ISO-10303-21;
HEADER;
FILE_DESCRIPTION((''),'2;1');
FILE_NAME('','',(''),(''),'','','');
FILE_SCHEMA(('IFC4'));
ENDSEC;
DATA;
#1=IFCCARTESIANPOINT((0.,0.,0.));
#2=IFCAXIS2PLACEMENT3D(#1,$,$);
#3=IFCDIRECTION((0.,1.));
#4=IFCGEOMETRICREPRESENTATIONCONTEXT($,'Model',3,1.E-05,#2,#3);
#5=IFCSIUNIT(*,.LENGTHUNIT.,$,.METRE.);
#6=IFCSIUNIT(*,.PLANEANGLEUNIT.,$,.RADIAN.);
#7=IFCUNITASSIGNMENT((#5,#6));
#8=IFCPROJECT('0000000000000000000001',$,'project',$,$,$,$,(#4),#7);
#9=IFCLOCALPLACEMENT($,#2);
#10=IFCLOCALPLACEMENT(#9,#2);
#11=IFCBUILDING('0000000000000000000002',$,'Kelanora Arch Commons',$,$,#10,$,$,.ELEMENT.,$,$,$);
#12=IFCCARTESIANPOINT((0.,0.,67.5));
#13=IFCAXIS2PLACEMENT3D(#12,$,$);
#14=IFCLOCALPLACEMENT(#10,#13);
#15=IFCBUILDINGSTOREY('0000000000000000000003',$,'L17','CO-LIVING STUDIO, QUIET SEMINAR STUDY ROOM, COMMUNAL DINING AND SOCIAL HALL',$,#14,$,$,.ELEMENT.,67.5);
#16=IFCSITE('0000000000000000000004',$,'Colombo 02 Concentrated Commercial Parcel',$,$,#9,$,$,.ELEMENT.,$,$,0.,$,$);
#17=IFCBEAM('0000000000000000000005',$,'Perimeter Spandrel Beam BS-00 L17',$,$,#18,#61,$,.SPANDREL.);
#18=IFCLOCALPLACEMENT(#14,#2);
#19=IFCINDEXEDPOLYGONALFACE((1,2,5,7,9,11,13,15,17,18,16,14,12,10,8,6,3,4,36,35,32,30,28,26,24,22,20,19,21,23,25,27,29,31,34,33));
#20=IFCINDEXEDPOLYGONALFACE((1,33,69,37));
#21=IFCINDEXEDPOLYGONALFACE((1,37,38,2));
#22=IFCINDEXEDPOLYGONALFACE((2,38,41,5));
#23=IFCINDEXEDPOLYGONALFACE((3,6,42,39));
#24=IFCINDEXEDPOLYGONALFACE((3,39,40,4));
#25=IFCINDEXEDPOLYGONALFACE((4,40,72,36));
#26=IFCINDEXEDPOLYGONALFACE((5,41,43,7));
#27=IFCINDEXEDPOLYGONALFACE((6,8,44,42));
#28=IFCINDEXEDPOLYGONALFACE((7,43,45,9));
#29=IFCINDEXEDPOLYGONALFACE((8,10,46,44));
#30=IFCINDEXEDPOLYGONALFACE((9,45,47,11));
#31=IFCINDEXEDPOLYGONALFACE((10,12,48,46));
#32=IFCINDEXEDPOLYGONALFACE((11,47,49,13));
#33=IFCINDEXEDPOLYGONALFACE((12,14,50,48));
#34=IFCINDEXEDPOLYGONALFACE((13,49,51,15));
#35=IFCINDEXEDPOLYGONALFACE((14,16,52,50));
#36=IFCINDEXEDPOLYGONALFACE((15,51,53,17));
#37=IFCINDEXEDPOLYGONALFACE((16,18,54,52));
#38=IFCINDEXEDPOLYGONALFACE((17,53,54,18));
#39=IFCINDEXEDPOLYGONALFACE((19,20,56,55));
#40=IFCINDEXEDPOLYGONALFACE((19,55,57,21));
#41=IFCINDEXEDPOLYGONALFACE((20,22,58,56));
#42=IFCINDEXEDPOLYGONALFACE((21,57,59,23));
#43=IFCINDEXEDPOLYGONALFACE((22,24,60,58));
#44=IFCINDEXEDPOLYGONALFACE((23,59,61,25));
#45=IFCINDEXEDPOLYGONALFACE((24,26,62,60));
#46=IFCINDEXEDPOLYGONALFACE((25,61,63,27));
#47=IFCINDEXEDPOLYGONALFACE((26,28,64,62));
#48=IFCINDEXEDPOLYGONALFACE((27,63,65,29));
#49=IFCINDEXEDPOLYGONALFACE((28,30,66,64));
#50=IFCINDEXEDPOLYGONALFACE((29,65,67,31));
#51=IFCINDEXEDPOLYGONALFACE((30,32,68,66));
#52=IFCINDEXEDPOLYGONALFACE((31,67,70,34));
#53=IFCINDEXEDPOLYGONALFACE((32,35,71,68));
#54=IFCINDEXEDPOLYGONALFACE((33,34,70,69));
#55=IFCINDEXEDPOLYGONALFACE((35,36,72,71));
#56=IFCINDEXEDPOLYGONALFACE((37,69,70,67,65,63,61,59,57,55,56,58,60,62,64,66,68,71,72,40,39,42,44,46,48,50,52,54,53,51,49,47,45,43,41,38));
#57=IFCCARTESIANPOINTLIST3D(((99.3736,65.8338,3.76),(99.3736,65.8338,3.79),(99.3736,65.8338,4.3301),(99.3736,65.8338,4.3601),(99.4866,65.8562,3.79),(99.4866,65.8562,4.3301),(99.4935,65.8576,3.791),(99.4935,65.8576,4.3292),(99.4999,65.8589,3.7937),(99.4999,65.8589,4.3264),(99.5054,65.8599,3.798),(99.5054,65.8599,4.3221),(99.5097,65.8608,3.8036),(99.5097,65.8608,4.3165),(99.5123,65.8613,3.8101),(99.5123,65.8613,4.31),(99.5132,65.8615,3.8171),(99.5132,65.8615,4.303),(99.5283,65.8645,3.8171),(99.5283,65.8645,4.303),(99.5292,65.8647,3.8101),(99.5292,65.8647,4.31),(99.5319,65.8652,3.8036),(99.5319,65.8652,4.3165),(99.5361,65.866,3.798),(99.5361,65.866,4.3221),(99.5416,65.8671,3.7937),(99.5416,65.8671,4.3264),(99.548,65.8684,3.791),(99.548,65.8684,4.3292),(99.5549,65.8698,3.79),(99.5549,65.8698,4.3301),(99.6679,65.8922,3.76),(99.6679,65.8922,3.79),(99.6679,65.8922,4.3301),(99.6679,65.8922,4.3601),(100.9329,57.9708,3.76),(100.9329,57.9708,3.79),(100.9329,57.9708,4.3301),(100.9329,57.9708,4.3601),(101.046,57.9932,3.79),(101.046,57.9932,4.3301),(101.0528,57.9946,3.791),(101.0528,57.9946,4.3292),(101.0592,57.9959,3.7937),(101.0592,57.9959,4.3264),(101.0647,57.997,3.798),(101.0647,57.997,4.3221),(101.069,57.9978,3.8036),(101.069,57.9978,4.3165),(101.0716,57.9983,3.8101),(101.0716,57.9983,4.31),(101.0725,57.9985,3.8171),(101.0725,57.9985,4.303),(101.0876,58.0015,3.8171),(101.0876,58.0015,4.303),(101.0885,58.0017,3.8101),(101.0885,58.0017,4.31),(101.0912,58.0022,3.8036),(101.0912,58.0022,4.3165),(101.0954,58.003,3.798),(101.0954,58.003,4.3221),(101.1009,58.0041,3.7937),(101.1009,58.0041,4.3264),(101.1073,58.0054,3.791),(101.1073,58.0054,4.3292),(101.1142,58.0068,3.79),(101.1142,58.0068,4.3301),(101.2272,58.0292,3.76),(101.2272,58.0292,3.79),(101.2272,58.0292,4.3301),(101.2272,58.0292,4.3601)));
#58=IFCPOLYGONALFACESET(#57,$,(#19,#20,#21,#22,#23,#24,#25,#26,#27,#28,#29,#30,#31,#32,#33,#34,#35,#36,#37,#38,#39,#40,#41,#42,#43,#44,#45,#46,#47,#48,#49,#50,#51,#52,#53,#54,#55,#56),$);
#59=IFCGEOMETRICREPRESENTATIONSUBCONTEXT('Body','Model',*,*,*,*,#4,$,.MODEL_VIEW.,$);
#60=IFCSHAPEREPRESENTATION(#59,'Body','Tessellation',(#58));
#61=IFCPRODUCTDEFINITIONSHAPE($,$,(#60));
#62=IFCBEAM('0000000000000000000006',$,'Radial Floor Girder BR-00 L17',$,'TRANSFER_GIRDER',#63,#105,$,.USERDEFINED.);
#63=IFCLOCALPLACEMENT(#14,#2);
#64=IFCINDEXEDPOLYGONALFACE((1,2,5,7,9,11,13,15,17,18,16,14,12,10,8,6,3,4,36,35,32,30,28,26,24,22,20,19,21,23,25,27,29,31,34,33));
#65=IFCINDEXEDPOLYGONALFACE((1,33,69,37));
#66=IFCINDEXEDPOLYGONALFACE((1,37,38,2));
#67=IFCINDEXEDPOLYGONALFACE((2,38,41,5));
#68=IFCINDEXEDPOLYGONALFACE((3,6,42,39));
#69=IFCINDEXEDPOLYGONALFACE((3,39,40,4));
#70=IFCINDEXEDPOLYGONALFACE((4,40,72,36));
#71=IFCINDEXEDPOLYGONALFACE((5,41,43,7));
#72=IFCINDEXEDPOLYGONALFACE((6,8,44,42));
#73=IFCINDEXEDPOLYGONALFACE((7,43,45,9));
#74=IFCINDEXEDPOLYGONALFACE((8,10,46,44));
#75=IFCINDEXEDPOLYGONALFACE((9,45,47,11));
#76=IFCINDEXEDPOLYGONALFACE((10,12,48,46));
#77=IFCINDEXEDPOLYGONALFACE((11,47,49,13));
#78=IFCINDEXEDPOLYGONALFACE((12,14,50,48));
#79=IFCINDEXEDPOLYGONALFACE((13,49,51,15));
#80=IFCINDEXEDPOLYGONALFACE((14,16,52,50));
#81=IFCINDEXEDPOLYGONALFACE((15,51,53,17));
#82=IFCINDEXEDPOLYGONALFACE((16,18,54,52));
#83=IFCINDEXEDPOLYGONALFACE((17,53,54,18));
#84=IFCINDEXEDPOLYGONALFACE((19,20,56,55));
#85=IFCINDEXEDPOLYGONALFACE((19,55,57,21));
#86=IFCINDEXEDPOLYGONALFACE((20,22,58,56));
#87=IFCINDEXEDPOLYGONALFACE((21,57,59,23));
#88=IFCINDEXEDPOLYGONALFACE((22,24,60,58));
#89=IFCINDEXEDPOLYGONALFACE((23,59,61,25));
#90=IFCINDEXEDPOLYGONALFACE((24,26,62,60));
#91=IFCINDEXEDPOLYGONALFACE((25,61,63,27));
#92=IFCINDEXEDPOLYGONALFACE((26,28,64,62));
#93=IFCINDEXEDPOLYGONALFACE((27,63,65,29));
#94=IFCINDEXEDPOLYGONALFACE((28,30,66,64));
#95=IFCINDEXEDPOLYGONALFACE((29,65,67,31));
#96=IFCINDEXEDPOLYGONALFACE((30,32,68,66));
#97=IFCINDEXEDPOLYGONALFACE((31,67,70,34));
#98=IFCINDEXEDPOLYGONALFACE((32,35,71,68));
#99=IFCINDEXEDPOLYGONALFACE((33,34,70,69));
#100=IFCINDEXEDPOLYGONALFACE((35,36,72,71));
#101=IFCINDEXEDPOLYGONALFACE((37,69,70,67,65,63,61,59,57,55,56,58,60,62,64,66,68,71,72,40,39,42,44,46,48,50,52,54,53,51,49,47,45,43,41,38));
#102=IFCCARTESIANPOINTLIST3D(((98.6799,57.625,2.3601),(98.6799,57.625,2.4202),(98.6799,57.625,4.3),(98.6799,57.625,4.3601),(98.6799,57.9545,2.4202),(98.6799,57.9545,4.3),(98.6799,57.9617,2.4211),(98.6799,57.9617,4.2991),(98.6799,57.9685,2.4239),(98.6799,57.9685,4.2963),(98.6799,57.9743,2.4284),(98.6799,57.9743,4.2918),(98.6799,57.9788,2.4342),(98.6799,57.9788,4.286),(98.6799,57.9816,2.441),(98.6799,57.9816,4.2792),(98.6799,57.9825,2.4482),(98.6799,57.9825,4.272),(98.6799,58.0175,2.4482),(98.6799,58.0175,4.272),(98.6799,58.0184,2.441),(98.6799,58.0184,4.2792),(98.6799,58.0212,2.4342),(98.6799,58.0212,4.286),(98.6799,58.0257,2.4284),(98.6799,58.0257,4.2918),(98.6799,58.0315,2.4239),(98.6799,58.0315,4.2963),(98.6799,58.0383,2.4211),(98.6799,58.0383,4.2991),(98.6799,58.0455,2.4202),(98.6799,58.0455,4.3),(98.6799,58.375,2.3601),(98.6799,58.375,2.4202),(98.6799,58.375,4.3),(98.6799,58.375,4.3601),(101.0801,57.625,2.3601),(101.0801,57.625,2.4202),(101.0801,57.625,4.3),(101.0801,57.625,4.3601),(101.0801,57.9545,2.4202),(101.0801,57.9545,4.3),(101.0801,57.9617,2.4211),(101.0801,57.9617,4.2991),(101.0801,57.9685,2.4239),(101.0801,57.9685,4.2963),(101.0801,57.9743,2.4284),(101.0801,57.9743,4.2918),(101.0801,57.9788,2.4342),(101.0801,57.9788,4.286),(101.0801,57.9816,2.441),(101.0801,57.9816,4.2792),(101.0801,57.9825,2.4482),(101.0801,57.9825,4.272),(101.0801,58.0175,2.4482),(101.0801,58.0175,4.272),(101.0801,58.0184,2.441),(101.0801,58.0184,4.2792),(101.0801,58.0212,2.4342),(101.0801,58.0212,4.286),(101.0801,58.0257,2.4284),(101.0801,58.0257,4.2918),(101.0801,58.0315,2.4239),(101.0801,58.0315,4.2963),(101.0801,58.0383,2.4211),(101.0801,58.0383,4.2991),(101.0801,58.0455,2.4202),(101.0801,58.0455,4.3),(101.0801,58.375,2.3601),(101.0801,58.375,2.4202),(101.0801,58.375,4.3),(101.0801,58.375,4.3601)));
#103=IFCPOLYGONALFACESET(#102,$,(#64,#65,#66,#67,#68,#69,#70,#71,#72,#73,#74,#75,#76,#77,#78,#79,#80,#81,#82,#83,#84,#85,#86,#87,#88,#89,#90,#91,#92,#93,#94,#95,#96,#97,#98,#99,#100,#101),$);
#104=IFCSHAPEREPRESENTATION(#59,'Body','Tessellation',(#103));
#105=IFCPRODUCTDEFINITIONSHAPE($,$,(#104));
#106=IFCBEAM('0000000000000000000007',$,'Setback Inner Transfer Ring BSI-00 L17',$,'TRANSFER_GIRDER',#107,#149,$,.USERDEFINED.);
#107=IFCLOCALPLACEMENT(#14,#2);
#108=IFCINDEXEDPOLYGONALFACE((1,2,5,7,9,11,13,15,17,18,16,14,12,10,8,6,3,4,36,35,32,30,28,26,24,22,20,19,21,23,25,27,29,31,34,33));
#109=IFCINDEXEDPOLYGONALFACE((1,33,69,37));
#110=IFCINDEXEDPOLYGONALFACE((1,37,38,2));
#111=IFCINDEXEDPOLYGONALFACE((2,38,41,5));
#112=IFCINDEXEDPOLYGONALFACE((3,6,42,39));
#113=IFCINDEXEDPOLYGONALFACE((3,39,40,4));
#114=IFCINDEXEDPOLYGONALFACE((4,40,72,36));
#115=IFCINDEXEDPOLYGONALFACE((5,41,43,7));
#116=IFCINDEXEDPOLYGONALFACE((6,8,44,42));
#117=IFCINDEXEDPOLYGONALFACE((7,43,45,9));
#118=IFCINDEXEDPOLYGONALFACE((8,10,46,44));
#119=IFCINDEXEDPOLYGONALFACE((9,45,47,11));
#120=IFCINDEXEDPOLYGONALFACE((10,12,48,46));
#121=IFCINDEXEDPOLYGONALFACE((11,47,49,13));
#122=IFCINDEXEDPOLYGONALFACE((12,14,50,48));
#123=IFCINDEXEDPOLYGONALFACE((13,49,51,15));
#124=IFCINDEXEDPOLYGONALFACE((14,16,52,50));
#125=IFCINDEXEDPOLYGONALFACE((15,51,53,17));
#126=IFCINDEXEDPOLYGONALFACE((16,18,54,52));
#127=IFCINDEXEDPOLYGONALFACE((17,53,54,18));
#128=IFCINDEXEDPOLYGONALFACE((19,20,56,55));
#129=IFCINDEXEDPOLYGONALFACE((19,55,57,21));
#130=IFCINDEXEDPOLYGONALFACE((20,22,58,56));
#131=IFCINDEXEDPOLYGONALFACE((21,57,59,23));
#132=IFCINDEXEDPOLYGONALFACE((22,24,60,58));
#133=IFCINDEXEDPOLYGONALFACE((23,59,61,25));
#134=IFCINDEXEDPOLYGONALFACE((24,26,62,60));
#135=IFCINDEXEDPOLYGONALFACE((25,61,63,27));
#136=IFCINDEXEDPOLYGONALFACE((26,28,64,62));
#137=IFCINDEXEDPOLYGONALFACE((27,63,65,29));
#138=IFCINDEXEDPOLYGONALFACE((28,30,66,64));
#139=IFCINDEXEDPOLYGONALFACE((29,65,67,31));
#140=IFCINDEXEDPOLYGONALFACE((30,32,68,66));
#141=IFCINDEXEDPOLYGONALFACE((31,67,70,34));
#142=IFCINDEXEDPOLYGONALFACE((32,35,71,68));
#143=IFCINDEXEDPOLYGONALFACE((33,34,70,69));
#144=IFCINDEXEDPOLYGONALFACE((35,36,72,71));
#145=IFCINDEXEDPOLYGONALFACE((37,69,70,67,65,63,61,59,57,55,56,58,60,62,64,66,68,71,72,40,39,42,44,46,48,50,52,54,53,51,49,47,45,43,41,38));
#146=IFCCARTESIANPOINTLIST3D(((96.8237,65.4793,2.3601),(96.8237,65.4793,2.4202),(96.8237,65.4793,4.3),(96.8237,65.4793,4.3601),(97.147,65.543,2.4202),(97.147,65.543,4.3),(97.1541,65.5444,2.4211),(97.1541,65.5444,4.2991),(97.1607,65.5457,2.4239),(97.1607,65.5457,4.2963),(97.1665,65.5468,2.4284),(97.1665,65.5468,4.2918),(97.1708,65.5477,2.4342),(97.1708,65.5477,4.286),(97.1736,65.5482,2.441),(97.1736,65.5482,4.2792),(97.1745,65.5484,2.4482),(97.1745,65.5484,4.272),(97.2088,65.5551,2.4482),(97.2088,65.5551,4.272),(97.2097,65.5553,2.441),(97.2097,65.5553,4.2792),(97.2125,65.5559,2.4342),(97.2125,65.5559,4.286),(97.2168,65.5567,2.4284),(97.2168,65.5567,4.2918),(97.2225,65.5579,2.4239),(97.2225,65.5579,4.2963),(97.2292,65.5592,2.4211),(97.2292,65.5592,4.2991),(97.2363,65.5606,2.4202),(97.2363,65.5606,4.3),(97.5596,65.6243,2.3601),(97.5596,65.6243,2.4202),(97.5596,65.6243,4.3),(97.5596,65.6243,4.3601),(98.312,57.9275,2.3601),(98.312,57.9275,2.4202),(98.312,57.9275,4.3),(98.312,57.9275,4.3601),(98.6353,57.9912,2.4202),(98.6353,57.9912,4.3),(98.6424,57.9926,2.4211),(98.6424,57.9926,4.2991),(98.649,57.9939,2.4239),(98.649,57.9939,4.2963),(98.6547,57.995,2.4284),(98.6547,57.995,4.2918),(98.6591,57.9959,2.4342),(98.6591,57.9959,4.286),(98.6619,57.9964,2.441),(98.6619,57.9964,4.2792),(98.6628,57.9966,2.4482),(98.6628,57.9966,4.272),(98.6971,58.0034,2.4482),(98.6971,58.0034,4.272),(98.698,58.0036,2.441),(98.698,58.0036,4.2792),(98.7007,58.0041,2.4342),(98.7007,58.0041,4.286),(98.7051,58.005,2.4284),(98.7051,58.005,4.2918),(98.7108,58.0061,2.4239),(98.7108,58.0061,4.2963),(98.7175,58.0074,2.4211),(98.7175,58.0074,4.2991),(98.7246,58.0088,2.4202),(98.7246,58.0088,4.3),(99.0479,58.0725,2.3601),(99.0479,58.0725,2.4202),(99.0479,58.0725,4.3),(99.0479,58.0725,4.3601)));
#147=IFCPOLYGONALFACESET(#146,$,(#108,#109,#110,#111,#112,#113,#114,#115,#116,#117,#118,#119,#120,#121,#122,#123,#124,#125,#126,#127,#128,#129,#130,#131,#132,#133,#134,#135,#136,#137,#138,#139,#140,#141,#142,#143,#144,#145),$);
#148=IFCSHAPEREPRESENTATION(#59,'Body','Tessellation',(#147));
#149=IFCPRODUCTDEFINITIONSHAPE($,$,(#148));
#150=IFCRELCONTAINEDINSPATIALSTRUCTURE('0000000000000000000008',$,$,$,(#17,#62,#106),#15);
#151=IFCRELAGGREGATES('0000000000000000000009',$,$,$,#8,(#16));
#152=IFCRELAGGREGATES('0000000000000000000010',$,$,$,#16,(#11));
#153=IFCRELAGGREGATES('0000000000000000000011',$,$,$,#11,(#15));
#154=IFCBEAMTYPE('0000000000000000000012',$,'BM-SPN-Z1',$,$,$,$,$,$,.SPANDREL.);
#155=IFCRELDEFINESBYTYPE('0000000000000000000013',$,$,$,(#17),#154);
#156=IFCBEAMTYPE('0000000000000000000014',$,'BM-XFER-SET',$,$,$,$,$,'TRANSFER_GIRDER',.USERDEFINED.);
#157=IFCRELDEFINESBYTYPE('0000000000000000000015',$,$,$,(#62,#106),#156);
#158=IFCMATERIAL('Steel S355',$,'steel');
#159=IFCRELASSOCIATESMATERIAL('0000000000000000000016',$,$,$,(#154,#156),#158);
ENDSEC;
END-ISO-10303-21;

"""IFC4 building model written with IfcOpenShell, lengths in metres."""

from ifc_helpers import new_model, si_unit, direction, frame, origin, origin_2d, place, context, subcontext, project, spatial, i_section, extrude, material, material_profile, profile_set, type_object, element, save


model = new_model("IFC4")

# Units and contexts
model_context = context("Model", 3, precision=1e-05, world=origin(), true_north=direction((0.0, 1.0)))
body_context = subcontext(model_context, "Body", "Model", "MODEL_VIEW")
ifc_project = project(units=[si_unit("LENGTHUNIT", "METRE"), si_unit("PLANEANGLEUNIT", "RADIAN")], contexts=[model_context])

# Site, building, storey
site_placement = place(None, origin())
site = spatial("IfcSite", under=ifc_project, at=site_placement, Name="Colombo 02 Concentrated Commercial Parcel", CompositionType="ELEMENT", RefElevation=0.0)
building_placement = place(site_placement, origin())
building = spatial("IfcBuilding", under=site, at=building_placement, Name="Kelanora Arch Commons", CompositionType="ELEMENT")
storey_placement = place(building_placement, frame((0.0, 0.0, 67.5)))
storey = spatial("IfcBuildingStorey", under=building, at=storey_placement, Name="L17", Description="CO-LIVING STUDIO, QUIET SEMINAR STUDY ROOM, COMMUNAL DINING AND SOCIAL HALL", CompositionType="ELEMENT", Elevation=67.5)

# Beams
ifc_material_1 = material(Name="Steel S355", Category="steel")
ifc_material_profile_1 = material_profile(ifc_material_1, i_section(OverallWidth=0.3, OverallDepth=0.6001, WebThickness=0.0154, FlangeThickness=0.03, FilletRadius=0.0271, at=origin_2d()), Name="HEB600")
ifc_profile_set_1 = profile_set([ifc_material_profile_1], Name="Steel S355")
beam_type_1 = type_object("IfcBeamType", Name="BM-SPN-Z1", PredefinedType="SPANDREL", material=ifc_profile_set_1)
beam_1_placement = place(storey_placement, frame((101.0801, 58.0, 4.0601), z_axis=(-0.194523, 0.980898, 0.0), x_axis=(-0.980898, -0.194523, 0.0)))
element("IfcBeam", 1, at=beam_1_placement, inside=storey, type_object=beam_type_1, Name="Perimeter Spandrel Beam BS-00 L17", PredefinedType="SPANDREL", context=body_context, shape_type="SweptSolid", body=[
    extrude(i_section(OverallWidth=0.3, OverallDepth=0.6001, WebThickness=0.0154, FlangeThickness=0.03, FilletRadius=0.0271, at=origin_2d()), origin(), (0.0, 0.0, 1.0), 8.0161),
])
ifc_material_profile_2 = material_profile(ifc_material_1, i_section(OverallWidth=0.75, OverallDepth=2.0, WebThickness=0.0349, FlangeThickness=0.0601, FilletRadius=0.0281, at=origin_2d()), Name="PG2000x750")
ifc_profile_set_2 = profile_set([ifc_material_profile_2], Name="Steel S355")
beam_type_2 = type_object("IfcBeamType", Name="BM-XFER-SET", ElementType="TRANSFER_GIRDER", PredefinedType="USERDEFINED", material=ifc_profile_set_2)
beam_2_placement = place(storey_placement, frame((98.6799, 58.0, 3.3601), z_axis=(1.0, 0.0, 0.0), x_axis=(0.0, 1.0, 0.0)))
element("IfcBeam", 2, at=beam_2_placement, inside=storey, type_object=beam_type_2, Name="Radial Floor Girder BR-00 L17", ObjectType="TRANSFER_GIRDER", PredefinedType="USERDEFINED", context=body_context, shape_type="SweptSolid", body=[
    extrude(i_section(OverallWidth=0.75, OverallDepth=2.0, WebThickness=0.0349, FlangeThickness=0.0601, FilletRadius=0.0281, at=origin_2d()), origin(), (0.0, 0.0, 1.0), 2.4001),
])
beam_3_placement = place(storey_placement, frame((98.6799, 58.0, 3.3601), z_axis=(-0.193358, 0.981128, 0.0), x_axis=(-0.981128, -0.193358, 0.0)))
element("IfcBeam", 3, at=beam_3_placement, inside=storey, type_object=beam_type_2, Name="Setback Inner Transfer Ring BSI-00 L17", ObjectType="TRANSFER_GIRDER", PredefinedType="USERDEFINED", context=body_context, shape_type="SweptSolid", body=[
    extrude(i_section(OverallWidth=0.75, OverallDepth=2.0, WebThickness=0.0349, FlangeThickness=0.0601, FilletRadius=0.0281, at=origin_2d()), origin(), (0.0, 0.0, 1.0), 7.697),
])

save(model, "model.ifc")
